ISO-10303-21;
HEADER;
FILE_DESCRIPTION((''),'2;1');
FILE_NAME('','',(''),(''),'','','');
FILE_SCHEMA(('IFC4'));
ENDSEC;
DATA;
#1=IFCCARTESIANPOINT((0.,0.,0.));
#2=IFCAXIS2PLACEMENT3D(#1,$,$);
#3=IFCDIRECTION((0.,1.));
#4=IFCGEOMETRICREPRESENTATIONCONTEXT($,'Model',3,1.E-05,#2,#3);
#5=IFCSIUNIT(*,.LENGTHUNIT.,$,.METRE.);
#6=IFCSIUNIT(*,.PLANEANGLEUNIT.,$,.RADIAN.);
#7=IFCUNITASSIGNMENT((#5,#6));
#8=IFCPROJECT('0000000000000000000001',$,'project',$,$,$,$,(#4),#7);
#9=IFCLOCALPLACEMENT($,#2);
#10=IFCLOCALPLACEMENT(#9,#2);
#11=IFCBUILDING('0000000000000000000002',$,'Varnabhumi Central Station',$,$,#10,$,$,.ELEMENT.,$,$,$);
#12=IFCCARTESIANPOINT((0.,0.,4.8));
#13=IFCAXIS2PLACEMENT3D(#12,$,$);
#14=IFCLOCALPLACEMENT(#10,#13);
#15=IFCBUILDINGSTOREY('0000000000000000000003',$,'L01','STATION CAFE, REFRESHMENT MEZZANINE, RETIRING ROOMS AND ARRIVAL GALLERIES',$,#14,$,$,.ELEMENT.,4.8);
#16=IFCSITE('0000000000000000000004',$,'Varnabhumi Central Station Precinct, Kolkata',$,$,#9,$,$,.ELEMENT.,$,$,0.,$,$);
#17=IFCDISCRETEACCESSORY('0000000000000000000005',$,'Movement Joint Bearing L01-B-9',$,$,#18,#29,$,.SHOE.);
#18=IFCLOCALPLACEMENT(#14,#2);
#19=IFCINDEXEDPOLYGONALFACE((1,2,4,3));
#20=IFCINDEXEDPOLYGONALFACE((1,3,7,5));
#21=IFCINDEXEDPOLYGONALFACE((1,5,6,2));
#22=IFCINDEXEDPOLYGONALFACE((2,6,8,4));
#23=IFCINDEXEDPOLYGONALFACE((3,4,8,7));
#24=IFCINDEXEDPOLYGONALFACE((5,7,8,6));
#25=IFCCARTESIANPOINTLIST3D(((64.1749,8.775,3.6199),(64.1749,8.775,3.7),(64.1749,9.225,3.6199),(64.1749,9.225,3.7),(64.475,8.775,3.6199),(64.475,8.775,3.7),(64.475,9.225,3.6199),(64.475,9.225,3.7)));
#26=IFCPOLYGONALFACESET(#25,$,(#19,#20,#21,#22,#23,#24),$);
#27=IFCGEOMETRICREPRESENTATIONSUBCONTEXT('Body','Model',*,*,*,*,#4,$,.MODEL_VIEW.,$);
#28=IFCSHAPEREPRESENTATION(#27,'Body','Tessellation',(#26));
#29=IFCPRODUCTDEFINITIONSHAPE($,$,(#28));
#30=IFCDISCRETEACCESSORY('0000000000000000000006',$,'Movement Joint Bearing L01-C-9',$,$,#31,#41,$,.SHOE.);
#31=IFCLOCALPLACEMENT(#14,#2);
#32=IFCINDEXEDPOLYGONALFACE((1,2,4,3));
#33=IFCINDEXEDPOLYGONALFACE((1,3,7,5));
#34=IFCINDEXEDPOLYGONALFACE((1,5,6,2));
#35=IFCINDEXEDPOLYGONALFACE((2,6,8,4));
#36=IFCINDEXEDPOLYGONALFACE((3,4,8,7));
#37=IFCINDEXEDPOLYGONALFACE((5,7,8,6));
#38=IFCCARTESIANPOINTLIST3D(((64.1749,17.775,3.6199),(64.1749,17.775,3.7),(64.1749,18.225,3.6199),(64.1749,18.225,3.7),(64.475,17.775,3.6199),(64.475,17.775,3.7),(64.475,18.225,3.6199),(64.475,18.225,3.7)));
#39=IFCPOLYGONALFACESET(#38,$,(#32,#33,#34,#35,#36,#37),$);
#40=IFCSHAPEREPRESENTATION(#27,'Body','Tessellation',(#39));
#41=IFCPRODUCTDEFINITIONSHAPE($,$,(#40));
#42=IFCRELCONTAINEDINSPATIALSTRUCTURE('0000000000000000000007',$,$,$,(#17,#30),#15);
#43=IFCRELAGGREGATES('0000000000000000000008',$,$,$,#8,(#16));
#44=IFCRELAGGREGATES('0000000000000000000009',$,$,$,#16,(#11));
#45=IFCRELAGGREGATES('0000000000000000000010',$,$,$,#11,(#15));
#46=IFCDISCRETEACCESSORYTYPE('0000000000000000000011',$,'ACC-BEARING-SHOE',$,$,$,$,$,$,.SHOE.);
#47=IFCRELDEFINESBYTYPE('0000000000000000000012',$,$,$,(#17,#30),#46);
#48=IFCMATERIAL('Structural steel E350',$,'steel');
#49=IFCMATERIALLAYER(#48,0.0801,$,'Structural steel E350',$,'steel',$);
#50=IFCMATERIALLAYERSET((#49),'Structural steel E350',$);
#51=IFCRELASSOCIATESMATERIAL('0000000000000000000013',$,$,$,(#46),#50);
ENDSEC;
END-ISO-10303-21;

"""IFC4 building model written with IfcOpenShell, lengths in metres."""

from ifc_helpers import new_model, si_unit, direction, frame, origin, origin_2d, place, context, subcontext, project, spatial, rectangle, extrude, material, layer, layer_set, type_object, element, save


model = new_model("IFC4")

# Units and contexts
model_context = context("Model", 3, precision=1e-05, world=origin(), true_north=direction((0.0, 1.0)))
body_context = subcontext(model_context, "Body", "Model", "MODEL_VIEW")
ifc_project = project(units=[si_unit("LENGTHUNIT", "METRE"), si_unit("PLANEANGLEUNIT", "RADIAN")], contexts=[model_context])

# Site, building, storey
site_placement = place(None, origin())
site = spatial("IfcSite", under=ifc_project, at=site_placement, Name="Varnabhumi Central Station Precinct, Kolkata", CompositionType="ELEMENT", RefElevation=0.0)
building_placement = place(site_placement, origin())
building = spatial("IfcBuilding", under=site, at=building_placement, Name="Varnabhumi Central Station", CompositionType="ELEMENT")
storey_placement = place(building_placement, frame((0.0, 0.0, 4.8)))
storey = spatial("IfcBuildingStorey", under=building, at=storey_placement, Name="L01", Description="STATION CAFE, REFRESHMENT MEZZANINE, RETIRING ROOMS AND ARRIVAL GALLERIES", CompositionType="ELEMENT", Elevation=4.8)

# Shared definitions
ifc_material_1 = material(Name="Structural steel E350", Category="steel")

# Discrete accessories
ifc_layer_1 = layer(ifc_material_1, 0.0801, Name="Structural steel E350", Category="steel")
ifc_layer_set_1 = layer_set([ifc_layer_1], Name="Structural steel E350")
discrete_accessory_type = type_object("IfcDiscreteAccessoryType", Name="ACC-BEARING-SHOE", PredefinedType="SHOE", material=ifc_layer_set_1)
for number, where, z_axis, x_axis, name in (
    (1, (64.325, 9.0, 3.6199), (0.0, 0.0, 1.0), (1.0, 0.0, 0.0), "Movement Joint Bearing L01-B-9"),
    (2, (64.325, 18.0, 3.6199), (0.0, 0.0, 1.0), (1.0, 0.0, 0.0), "Movement Joint Bearing L01-C-9"),
):
    element("IfcDiscreteAccessory", number, at=place(storey_placement, frame(where, z_axis=z_axis, x_axis=x_axis)), inside=storey, type_object=discrete_accessory_type, Name=name, PredefinedType="SHOE", context=body_context, shape_type="SweptSolid", body=[
        extrude(rectangle(XDim=0.3, YDim=0.45, at=origin_2d()), origin(), (0.0, 0.0, 1.0), 0.0801),
    ])

save(model, "model.ifc")
